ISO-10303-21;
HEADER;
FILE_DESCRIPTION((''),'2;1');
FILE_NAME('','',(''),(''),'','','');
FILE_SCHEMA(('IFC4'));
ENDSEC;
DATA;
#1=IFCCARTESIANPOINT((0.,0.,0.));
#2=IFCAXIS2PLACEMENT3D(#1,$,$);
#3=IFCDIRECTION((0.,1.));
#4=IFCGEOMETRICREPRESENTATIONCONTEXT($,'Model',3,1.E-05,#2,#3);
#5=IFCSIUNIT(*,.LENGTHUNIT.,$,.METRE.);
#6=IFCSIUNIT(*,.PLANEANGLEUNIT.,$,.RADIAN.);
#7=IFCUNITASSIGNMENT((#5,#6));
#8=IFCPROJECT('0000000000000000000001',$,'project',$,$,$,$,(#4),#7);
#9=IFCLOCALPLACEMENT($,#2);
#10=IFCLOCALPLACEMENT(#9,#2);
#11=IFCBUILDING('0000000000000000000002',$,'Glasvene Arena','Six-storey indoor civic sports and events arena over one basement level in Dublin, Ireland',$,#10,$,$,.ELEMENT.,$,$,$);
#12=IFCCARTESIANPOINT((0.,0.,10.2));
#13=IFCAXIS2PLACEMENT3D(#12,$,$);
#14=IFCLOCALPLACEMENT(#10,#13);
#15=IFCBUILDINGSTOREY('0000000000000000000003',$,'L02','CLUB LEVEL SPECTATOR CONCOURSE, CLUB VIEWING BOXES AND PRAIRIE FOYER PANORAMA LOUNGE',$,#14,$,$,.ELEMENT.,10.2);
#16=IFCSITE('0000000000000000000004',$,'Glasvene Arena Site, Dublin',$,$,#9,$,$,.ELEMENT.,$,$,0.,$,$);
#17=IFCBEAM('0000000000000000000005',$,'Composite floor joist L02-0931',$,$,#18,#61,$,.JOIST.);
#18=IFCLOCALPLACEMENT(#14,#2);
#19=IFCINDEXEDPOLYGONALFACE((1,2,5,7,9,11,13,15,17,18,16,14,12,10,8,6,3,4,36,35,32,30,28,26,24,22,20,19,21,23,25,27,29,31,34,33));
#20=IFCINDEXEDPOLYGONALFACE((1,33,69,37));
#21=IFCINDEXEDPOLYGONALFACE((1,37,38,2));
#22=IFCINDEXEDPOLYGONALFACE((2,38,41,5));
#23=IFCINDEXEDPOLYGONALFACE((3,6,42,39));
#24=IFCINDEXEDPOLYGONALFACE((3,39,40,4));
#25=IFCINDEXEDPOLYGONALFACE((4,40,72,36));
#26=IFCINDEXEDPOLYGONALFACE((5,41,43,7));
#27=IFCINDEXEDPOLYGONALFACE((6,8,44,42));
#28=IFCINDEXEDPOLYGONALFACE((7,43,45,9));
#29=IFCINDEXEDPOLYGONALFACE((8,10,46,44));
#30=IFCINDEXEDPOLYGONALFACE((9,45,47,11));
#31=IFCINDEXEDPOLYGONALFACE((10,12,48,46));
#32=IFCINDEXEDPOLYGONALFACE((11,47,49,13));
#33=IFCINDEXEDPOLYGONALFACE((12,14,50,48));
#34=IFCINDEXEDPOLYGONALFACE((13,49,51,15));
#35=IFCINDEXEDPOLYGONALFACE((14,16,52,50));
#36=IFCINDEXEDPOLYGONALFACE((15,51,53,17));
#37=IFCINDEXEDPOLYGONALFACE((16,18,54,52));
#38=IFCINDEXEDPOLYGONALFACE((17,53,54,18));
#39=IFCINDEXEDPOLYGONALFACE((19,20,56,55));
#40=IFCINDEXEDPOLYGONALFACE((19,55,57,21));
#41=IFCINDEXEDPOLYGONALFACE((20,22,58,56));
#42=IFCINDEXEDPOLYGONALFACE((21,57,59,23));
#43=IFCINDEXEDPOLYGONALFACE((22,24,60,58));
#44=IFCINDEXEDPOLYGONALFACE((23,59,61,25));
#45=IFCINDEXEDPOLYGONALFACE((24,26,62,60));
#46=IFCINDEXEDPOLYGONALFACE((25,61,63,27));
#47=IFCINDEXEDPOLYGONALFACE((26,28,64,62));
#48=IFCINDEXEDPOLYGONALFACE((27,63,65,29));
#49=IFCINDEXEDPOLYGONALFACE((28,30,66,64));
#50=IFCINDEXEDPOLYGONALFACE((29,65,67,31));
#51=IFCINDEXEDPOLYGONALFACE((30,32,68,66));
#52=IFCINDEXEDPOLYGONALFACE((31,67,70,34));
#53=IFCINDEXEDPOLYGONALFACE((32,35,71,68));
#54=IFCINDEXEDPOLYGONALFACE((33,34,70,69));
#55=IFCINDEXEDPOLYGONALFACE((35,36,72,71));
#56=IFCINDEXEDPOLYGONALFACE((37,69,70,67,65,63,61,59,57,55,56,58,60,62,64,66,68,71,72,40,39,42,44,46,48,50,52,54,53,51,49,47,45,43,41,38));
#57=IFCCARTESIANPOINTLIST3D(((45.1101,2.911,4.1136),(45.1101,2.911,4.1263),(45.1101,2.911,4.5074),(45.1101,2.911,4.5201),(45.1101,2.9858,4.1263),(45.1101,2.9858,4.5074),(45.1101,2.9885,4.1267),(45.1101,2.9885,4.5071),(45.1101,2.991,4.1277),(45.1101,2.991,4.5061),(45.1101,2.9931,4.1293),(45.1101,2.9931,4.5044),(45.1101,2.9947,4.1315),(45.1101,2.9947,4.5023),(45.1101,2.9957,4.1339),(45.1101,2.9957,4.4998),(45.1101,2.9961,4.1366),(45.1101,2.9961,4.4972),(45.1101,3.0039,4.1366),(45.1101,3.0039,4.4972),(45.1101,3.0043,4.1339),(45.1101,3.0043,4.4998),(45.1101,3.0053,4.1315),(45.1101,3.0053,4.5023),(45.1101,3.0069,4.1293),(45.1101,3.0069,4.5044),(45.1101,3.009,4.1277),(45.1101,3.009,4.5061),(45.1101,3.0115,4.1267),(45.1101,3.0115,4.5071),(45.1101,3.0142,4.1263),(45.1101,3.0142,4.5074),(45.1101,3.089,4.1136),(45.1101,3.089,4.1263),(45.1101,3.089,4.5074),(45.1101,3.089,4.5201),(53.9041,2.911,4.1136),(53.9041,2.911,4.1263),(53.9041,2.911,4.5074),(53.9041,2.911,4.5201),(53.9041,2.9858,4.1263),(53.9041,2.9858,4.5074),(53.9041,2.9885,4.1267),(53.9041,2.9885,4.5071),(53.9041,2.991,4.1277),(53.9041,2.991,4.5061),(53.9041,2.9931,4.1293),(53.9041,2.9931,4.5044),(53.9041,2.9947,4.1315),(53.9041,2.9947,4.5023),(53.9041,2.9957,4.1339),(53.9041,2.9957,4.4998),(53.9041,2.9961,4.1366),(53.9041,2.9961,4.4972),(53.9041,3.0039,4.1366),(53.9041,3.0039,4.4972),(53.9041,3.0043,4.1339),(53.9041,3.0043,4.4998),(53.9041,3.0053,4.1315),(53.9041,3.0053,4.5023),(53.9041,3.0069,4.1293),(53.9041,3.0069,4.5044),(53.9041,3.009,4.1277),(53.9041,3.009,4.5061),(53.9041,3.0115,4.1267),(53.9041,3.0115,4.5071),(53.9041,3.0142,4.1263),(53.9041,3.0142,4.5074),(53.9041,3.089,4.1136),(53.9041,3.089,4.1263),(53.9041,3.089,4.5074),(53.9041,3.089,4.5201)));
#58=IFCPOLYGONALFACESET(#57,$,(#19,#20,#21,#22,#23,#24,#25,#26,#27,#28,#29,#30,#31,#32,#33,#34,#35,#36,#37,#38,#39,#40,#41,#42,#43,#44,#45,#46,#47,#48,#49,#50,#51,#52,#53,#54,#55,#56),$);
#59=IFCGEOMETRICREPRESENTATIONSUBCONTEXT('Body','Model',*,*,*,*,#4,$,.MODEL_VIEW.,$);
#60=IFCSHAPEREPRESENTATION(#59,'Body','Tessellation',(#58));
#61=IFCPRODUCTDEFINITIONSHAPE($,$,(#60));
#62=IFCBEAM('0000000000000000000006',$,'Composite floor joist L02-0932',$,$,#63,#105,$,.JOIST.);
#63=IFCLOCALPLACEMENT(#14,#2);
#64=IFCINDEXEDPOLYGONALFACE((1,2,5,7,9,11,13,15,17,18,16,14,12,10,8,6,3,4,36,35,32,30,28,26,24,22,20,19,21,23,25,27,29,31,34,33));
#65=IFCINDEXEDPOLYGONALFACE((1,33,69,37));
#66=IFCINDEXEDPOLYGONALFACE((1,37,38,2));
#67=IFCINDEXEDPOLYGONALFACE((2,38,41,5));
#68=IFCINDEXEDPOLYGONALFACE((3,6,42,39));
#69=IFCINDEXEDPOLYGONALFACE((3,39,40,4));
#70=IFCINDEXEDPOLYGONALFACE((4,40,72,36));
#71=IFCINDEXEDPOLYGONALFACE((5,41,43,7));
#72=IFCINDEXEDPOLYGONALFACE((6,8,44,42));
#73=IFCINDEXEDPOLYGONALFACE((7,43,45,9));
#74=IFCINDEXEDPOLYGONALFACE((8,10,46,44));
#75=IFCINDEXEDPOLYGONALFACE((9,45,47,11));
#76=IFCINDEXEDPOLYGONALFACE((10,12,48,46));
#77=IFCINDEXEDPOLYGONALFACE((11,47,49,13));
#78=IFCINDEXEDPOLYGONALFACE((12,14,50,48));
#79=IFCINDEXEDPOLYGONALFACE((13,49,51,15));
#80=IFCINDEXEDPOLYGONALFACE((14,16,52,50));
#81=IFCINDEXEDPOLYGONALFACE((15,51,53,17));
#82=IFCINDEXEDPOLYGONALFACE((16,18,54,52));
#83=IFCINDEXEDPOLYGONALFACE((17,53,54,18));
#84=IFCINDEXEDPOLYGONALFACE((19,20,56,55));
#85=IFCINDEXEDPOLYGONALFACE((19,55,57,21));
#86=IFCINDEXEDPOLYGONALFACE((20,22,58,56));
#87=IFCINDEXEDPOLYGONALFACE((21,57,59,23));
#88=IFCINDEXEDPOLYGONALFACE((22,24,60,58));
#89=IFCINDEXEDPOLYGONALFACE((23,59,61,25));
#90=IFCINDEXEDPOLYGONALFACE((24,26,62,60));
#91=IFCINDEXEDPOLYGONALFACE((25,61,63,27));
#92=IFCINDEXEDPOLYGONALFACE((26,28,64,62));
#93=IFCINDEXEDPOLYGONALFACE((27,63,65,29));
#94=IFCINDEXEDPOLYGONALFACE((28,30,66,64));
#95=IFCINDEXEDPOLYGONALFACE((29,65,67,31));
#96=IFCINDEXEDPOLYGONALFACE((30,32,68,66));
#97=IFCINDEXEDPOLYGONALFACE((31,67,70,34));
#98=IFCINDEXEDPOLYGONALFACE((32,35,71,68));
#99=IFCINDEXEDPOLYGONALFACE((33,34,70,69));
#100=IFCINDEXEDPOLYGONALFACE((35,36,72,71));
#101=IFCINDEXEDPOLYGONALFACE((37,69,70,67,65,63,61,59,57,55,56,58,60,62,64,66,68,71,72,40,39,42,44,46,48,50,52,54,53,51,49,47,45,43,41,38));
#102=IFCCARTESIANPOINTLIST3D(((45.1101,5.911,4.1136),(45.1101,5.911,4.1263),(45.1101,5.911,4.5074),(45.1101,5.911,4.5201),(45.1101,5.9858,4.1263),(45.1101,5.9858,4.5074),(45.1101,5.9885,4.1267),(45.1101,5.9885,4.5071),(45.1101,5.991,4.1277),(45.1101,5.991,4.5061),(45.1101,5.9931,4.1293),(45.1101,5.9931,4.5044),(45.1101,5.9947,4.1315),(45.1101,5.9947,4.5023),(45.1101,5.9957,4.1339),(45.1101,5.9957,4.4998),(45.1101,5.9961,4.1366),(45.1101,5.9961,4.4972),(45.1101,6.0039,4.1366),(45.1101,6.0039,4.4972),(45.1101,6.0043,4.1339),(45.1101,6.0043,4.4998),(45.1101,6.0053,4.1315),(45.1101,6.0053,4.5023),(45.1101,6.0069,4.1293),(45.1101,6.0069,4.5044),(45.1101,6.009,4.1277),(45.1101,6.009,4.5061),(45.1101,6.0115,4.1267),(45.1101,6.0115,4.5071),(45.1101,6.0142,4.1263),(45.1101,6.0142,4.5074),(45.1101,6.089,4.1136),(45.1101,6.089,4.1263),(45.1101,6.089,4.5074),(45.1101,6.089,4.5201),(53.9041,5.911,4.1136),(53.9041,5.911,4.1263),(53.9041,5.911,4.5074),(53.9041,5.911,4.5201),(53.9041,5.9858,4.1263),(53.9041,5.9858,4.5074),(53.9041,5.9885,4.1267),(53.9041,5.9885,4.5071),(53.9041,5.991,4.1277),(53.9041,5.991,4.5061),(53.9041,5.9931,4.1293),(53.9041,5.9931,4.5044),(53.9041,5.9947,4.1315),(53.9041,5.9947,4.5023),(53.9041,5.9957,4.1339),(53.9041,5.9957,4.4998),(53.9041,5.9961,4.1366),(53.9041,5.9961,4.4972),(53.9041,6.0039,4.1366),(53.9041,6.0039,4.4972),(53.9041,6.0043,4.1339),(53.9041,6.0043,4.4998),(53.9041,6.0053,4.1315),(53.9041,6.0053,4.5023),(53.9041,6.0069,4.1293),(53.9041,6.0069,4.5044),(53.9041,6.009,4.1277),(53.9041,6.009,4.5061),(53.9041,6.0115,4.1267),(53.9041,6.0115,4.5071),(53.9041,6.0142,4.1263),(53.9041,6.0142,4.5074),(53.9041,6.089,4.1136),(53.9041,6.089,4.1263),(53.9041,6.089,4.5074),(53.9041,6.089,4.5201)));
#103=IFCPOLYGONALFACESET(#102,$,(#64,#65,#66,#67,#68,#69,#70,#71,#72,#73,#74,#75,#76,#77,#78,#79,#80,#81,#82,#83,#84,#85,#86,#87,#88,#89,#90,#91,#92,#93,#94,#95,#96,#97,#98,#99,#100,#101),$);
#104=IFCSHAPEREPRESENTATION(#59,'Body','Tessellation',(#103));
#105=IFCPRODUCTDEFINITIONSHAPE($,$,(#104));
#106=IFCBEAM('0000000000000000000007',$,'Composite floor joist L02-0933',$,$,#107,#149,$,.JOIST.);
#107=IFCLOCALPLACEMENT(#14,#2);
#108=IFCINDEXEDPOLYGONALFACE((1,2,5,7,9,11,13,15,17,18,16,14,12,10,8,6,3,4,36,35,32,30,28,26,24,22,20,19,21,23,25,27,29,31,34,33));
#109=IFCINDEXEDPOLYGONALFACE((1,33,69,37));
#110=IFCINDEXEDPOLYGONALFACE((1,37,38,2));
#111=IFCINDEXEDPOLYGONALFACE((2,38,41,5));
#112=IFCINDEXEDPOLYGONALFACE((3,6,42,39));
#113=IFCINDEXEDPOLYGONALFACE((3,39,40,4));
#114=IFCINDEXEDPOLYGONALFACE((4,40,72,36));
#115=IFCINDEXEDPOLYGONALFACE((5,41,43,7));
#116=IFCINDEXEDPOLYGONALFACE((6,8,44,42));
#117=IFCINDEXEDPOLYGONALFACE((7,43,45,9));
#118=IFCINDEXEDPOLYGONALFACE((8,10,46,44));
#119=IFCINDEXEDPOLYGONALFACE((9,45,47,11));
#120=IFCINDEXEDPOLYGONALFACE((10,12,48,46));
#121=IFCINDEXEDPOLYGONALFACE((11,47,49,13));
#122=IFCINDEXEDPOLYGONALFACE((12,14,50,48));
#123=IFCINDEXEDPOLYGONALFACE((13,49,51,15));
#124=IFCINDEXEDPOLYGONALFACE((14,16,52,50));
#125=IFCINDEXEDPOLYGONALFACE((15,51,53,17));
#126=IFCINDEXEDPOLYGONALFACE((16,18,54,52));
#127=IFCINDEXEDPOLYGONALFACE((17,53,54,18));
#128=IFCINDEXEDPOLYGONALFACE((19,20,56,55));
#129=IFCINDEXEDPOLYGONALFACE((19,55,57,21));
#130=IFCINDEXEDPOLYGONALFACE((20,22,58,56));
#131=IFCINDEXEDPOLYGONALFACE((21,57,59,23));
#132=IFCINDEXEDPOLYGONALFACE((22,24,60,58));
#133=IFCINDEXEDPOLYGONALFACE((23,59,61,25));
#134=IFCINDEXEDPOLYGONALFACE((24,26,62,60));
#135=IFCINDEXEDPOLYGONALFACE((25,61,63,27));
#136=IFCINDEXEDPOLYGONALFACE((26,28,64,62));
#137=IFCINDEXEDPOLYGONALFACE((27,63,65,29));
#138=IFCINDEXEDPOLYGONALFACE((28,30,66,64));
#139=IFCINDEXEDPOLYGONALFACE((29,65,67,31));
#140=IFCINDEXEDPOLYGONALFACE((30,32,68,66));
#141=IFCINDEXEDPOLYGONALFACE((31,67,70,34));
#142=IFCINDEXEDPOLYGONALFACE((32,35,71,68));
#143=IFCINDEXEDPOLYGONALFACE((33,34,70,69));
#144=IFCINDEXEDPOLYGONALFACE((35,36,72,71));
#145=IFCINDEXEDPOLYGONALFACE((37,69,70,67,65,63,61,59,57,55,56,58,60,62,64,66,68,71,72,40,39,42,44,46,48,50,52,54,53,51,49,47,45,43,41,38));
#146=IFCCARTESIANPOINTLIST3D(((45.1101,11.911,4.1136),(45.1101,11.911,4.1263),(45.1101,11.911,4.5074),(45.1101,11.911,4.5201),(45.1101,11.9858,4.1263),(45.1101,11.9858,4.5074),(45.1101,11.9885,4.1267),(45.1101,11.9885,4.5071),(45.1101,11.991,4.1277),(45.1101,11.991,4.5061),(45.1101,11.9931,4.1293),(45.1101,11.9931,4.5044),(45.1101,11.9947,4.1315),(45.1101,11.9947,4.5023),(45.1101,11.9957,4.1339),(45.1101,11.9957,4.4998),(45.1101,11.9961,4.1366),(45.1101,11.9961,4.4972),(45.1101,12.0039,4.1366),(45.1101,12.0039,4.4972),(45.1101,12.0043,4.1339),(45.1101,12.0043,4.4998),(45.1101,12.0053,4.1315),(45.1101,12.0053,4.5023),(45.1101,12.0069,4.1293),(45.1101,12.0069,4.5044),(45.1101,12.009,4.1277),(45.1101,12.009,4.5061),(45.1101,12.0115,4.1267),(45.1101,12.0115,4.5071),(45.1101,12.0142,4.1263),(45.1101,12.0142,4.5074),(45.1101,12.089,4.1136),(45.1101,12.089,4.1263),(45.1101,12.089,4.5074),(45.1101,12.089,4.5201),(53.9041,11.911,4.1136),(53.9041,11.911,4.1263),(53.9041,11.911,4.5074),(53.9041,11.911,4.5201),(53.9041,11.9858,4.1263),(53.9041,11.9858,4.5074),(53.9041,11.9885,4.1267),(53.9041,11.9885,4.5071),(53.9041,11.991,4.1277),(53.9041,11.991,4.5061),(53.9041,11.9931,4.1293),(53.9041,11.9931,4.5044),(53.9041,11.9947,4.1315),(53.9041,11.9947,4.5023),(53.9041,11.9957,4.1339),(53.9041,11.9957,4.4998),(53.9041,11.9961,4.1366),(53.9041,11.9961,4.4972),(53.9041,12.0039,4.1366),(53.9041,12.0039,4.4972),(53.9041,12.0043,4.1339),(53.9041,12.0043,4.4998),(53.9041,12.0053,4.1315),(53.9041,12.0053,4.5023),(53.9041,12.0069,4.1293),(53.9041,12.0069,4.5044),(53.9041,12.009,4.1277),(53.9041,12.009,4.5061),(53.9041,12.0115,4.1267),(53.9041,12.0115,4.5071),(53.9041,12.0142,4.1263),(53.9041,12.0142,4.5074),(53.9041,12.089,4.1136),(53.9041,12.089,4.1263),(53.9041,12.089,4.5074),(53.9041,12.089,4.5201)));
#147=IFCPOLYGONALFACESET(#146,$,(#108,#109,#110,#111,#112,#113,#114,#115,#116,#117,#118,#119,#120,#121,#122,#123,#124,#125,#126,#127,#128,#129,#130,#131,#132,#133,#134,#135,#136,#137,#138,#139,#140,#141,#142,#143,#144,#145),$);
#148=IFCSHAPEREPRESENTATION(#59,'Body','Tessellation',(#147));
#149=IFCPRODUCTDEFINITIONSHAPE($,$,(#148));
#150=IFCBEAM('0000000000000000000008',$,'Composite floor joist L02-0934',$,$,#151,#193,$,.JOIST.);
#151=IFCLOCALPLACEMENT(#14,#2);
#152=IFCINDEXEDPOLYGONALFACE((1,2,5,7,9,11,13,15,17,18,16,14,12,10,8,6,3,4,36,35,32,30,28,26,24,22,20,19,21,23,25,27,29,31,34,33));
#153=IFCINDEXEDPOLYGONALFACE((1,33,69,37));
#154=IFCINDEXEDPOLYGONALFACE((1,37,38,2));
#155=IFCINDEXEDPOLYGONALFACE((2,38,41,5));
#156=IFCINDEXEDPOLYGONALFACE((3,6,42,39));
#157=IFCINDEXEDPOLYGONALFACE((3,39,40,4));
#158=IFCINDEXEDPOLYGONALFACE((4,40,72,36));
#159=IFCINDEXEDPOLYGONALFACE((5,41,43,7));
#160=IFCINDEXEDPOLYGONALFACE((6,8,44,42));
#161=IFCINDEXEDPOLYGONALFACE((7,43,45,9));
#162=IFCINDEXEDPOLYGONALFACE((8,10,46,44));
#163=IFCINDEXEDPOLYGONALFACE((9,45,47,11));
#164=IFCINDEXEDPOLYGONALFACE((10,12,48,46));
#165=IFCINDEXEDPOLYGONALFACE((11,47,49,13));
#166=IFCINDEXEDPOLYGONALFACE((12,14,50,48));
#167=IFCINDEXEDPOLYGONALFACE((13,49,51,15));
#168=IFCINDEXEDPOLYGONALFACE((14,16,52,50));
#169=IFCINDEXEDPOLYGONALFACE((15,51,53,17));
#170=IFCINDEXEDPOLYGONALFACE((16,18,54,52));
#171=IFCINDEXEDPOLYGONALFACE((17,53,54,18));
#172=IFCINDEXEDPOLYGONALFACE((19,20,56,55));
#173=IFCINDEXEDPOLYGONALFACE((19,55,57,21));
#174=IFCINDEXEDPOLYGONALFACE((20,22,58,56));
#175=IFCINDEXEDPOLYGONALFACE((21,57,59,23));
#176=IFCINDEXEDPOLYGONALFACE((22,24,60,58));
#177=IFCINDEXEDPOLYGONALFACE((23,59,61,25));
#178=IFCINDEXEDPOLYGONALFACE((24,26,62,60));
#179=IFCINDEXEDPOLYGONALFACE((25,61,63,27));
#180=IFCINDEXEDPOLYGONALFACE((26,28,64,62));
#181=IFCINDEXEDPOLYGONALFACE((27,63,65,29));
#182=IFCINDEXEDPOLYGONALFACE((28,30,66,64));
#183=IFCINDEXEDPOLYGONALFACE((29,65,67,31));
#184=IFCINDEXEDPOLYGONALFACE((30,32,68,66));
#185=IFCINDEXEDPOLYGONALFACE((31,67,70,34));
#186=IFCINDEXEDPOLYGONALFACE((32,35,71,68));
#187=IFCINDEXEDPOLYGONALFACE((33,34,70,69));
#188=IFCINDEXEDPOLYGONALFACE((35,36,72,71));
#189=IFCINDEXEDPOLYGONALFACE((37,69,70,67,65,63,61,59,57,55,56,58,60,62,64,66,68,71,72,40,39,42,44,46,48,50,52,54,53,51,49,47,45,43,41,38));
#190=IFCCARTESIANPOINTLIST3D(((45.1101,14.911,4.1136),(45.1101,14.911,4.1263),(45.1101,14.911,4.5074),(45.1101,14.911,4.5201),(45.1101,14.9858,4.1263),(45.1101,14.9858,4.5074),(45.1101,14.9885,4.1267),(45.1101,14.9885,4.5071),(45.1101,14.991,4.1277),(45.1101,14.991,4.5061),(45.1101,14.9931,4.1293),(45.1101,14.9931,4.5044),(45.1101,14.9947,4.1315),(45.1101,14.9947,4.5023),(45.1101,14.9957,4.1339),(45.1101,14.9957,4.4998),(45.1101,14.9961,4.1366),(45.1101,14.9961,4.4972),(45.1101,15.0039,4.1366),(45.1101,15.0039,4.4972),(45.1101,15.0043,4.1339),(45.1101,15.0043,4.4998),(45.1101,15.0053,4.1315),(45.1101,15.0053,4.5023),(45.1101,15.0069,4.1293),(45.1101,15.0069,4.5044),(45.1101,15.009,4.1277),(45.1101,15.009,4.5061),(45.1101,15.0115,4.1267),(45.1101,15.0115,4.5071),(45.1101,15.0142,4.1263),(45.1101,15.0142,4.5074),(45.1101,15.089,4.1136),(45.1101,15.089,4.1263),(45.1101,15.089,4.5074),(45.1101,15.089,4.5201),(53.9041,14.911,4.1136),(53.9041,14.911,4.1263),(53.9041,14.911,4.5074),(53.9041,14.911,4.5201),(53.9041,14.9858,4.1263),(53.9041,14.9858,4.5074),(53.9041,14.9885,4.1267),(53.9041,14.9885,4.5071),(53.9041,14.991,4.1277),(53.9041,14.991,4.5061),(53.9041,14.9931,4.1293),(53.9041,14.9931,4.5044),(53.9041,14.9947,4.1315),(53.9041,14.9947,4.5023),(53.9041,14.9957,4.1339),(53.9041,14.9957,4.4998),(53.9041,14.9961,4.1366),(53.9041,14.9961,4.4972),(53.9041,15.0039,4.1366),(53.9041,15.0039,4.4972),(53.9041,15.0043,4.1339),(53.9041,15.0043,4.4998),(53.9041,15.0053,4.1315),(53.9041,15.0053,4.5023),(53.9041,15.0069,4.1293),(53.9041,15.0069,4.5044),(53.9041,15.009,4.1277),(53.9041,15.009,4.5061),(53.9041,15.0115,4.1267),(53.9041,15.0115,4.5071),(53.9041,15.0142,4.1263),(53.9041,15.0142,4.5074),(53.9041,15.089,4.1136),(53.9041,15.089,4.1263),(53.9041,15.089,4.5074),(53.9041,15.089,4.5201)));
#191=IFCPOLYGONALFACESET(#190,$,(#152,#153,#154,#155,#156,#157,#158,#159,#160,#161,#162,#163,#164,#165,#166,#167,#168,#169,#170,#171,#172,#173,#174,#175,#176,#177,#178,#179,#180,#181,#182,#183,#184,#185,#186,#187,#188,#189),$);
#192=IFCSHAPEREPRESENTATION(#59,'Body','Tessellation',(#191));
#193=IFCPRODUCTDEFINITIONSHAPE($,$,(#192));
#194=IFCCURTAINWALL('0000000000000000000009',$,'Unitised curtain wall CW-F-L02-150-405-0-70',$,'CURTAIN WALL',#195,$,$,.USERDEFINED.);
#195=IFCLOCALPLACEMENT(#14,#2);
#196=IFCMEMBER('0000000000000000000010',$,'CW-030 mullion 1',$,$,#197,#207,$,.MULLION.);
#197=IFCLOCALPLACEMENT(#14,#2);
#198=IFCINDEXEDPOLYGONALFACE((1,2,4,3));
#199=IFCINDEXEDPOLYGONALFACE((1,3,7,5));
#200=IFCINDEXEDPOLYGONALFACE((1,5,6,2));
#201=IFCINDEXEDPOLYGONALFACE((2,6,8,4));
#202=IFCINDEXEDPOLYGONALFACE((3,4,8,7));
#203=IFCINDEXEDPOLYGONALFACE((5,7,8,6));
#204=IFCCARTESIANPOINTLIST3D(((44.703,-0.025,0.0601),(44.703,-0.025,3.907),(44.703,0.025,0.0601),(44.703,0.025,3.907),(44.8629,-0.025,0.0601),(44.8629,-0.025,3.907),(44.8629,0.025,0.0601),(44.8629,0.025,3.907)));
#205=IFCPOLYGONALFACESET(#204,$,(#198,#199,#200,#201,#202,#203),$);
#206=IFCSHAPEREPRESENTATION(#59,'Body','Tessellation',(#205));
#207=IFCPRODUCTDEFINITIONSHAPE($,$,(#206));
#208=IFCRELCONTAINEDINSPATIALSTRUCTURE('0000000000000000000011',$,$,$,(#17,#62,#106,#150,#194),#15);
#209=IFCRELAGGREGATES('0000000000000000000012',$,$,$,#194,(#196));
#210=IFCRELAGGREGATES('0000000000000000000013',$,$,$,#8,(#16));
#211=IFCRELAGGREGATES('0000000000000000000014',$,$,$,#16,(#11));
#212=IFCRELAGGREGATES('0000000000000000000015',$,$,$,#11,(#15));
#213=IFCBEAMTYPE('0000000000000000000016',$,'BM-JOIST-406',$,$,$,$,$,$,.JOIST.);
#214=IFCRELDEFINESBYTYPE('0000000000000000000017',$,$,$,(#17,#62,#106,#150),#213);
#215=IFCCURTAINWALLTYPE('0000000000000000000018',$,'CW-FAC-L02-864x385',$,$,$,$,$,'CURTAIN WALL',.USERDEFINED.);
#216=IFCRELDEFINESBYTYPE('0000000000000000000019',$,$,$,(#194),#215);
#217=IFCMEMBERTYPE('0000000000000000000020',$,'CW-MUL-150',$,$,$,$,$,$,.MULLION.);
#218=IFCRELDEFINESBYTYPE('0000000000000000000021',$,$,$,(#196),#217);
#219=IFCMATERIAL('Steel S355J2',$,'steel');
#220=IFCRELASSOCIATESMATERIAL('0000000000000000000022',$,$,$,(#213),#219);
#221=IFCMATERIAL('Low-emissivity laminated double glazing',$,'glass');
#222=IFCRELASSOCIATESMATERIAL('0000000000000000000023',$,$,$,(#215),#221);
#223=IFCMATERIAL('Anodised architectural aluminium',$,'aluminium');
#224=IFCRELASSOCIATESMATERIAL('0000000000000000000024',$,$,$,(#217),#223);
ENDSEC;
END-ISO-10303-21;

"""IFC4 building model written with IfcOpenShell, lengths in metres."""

from ifc_helpers import new_model, si_unit, direction, frame, origin, origin_2d, place, context, subcontext, project, spatial, rectangle, i_section, extrude, material, material_profile, profile_set, type_object, element, aggregate, save


model = new_model("IFC4")

# Units and contexts
model_context = context("Model", 3, precision=1e-05, world=origin(), true_north=direction((0.0, 1.0)))
body_context = subcontext(model_context, "Body", "Model", "MODEL_VIEW")
ifc_project = project(units=[si_unit("LENGTHUNIT", "METRE"), si_unit("PLANEANGLEUNIT", "RADIAN")], contexts=[model_context])

# Site, building, storey
site_placement = place(None, origin())
site = spatial("IfcSite", under=ifc_project, at=site_placement, Name="Glasvene Arena Site, Dublin", CompositionType="ELEMENT", RefElevation=0.0)
building_placement = place(site_placement, origin())
building = spatial("IfcBuilding", under=site, at=building_placement, Name="Glasvene Arena", Description="Six-storey indoor civic sports and events arena over one basement level in Dublin, Ireland", CompositionType="ELEMENT")
storey_placement = place(building_placement, frame((0.0, 0.0, 10.2)))
storey = spatial("IfcBuildingStorey", under=building, at=storey_placement, Name="L02", Description="CLUB LEVEL SPECTATOR CONCOURSE, CLUB VIEWING BOXES AND PRAIRIE FOYER PANORAMA LOUNGE", CompositionType="ELEMENT", Elevation=10.2)

# Shared definitions
ifc_material_1 = material(Name="Steel S355J2", Category="steel")

# Beams
ifc_material_profile_1 = material_profile(ifc_material_1, i_section(OverallWidth=0.178, OverallDepth=0.4065, WebThickness=0.0078, FlangeThickness=0.0127, FilletRadius=0.0103, at=origin_2d()), Name="UKB 406x178x60")
ifc_profile_set_1 = profile_set([ifc_material_profile_1], Name="Steel S355J2")
beam_type_1 = type_object("IfcBeamType", Name="BM-JOIST-406", PredefinedType="JOIST", material=ifc_profile_set_1)
for number, where, z_axis, x_axis, name in (
    (1, (45.1101, 3.0, 4.3169), (1.0, 0.0, 0.0), (0.0, 1.0, 0.0), "Composite floor joist L02-0931"),
    (2, (45.1101, 6.0, 4.3169), (1.0, 0.0, 0.0), (0.0, 1.0, 0.0), "Composite floor joist L02-0932"),
    (3, (45.1101, 12.0, 4.3169), (1.0, 0.0, 0.0), (0.0, 1.0, 0.0), "Composite floor joist L02-0933"),
    (4, (45.1101, 15.0, 4.3169), (1.0, 0.0, 0.0), (0.0, 1.0, 0.0), "Composite floor joist L02-0934"),
):
    element("IfcBeam", number, at=place(storey_placement, frame(where, z_axis=z_axis, x_axis=x_axis)), inside=storey, type_object=beam_type_1, Name=name, PredefinedType="JOIST", context=body_context, shape_type="SweptSolid", body=[
        extrude(i_section(OverallWidth=0.178, OverallDepth=0.4065, WebThickness=0.0078, FlangeThickness=0.0127, FilletRadius=0.0103, at=origin_2d()), origin(), (0.0, 0.0, 1.0), 8.7939),
    ])

# Curtain wall, member
ifc_material_2 = material(Name="Low-emissivity laminated double glazing", Category="glass")
curtain_wall_type = type_object("IfcCurtainWallType", Name="CW-FAC-L02-864x385", ElementType="CURTAIN WALL", PredefinedType="USERDEFINED", material=ifc_material_2)
curtain_wall_placement = place(storey_placement, frame((44.8081, 0.0, 0.0)))
curtain_wall = element("IfcCurtainWall", 5, at=curtain_wall_placement, inside=storey, type_object=curtain_wall_type, Name="Unitised curtain wall CW-F-L02-150-405-0-70", ObjectType="CURTAIN WALL", PredefinedType="USERDEFINED")
ifc_material_3 = material(Name="Anodised architectural aluminium", Category="aluminium")
ifc_material_profile_2 = material_profile(ifc_material_3, rectangle(XDim=0.05, YDim=0.1599, at=origin_2d()), Name="ALU MULLION 50x160")
ifc_profile_set_2 = profile_set([ifc_material_profile_2], Name="Anodised architectural aluminium")
member_type_1 = type_object("IfcMemberType", Name="CW-MUL-150", PredefinedType="MULLION", material=ifc_profile_set_2)
member_1_placement = place(storey_placement, frame((44.783, 0.0, 0.0601), z_axis=(0.0, 0.0, 1.0), x_axis=(0.0, -1.0, 0.0)))
member_1 = element("IfcMember", 6, at=member_1_placement, type_object=member_type_1, Name="CW-030 mullion 1", PredefinedType="MULLION", context=body_context, shape_type="SweptSolid", body=[
    extrude(rectangle(XDim=0.05, YDim=0.1599, at=origin_2d()), origin(), (0.0, 0.0, 1.0), 3.8469),
])
aggregate(curtain_wall, [member_1])

save(model, "model.ifc")
